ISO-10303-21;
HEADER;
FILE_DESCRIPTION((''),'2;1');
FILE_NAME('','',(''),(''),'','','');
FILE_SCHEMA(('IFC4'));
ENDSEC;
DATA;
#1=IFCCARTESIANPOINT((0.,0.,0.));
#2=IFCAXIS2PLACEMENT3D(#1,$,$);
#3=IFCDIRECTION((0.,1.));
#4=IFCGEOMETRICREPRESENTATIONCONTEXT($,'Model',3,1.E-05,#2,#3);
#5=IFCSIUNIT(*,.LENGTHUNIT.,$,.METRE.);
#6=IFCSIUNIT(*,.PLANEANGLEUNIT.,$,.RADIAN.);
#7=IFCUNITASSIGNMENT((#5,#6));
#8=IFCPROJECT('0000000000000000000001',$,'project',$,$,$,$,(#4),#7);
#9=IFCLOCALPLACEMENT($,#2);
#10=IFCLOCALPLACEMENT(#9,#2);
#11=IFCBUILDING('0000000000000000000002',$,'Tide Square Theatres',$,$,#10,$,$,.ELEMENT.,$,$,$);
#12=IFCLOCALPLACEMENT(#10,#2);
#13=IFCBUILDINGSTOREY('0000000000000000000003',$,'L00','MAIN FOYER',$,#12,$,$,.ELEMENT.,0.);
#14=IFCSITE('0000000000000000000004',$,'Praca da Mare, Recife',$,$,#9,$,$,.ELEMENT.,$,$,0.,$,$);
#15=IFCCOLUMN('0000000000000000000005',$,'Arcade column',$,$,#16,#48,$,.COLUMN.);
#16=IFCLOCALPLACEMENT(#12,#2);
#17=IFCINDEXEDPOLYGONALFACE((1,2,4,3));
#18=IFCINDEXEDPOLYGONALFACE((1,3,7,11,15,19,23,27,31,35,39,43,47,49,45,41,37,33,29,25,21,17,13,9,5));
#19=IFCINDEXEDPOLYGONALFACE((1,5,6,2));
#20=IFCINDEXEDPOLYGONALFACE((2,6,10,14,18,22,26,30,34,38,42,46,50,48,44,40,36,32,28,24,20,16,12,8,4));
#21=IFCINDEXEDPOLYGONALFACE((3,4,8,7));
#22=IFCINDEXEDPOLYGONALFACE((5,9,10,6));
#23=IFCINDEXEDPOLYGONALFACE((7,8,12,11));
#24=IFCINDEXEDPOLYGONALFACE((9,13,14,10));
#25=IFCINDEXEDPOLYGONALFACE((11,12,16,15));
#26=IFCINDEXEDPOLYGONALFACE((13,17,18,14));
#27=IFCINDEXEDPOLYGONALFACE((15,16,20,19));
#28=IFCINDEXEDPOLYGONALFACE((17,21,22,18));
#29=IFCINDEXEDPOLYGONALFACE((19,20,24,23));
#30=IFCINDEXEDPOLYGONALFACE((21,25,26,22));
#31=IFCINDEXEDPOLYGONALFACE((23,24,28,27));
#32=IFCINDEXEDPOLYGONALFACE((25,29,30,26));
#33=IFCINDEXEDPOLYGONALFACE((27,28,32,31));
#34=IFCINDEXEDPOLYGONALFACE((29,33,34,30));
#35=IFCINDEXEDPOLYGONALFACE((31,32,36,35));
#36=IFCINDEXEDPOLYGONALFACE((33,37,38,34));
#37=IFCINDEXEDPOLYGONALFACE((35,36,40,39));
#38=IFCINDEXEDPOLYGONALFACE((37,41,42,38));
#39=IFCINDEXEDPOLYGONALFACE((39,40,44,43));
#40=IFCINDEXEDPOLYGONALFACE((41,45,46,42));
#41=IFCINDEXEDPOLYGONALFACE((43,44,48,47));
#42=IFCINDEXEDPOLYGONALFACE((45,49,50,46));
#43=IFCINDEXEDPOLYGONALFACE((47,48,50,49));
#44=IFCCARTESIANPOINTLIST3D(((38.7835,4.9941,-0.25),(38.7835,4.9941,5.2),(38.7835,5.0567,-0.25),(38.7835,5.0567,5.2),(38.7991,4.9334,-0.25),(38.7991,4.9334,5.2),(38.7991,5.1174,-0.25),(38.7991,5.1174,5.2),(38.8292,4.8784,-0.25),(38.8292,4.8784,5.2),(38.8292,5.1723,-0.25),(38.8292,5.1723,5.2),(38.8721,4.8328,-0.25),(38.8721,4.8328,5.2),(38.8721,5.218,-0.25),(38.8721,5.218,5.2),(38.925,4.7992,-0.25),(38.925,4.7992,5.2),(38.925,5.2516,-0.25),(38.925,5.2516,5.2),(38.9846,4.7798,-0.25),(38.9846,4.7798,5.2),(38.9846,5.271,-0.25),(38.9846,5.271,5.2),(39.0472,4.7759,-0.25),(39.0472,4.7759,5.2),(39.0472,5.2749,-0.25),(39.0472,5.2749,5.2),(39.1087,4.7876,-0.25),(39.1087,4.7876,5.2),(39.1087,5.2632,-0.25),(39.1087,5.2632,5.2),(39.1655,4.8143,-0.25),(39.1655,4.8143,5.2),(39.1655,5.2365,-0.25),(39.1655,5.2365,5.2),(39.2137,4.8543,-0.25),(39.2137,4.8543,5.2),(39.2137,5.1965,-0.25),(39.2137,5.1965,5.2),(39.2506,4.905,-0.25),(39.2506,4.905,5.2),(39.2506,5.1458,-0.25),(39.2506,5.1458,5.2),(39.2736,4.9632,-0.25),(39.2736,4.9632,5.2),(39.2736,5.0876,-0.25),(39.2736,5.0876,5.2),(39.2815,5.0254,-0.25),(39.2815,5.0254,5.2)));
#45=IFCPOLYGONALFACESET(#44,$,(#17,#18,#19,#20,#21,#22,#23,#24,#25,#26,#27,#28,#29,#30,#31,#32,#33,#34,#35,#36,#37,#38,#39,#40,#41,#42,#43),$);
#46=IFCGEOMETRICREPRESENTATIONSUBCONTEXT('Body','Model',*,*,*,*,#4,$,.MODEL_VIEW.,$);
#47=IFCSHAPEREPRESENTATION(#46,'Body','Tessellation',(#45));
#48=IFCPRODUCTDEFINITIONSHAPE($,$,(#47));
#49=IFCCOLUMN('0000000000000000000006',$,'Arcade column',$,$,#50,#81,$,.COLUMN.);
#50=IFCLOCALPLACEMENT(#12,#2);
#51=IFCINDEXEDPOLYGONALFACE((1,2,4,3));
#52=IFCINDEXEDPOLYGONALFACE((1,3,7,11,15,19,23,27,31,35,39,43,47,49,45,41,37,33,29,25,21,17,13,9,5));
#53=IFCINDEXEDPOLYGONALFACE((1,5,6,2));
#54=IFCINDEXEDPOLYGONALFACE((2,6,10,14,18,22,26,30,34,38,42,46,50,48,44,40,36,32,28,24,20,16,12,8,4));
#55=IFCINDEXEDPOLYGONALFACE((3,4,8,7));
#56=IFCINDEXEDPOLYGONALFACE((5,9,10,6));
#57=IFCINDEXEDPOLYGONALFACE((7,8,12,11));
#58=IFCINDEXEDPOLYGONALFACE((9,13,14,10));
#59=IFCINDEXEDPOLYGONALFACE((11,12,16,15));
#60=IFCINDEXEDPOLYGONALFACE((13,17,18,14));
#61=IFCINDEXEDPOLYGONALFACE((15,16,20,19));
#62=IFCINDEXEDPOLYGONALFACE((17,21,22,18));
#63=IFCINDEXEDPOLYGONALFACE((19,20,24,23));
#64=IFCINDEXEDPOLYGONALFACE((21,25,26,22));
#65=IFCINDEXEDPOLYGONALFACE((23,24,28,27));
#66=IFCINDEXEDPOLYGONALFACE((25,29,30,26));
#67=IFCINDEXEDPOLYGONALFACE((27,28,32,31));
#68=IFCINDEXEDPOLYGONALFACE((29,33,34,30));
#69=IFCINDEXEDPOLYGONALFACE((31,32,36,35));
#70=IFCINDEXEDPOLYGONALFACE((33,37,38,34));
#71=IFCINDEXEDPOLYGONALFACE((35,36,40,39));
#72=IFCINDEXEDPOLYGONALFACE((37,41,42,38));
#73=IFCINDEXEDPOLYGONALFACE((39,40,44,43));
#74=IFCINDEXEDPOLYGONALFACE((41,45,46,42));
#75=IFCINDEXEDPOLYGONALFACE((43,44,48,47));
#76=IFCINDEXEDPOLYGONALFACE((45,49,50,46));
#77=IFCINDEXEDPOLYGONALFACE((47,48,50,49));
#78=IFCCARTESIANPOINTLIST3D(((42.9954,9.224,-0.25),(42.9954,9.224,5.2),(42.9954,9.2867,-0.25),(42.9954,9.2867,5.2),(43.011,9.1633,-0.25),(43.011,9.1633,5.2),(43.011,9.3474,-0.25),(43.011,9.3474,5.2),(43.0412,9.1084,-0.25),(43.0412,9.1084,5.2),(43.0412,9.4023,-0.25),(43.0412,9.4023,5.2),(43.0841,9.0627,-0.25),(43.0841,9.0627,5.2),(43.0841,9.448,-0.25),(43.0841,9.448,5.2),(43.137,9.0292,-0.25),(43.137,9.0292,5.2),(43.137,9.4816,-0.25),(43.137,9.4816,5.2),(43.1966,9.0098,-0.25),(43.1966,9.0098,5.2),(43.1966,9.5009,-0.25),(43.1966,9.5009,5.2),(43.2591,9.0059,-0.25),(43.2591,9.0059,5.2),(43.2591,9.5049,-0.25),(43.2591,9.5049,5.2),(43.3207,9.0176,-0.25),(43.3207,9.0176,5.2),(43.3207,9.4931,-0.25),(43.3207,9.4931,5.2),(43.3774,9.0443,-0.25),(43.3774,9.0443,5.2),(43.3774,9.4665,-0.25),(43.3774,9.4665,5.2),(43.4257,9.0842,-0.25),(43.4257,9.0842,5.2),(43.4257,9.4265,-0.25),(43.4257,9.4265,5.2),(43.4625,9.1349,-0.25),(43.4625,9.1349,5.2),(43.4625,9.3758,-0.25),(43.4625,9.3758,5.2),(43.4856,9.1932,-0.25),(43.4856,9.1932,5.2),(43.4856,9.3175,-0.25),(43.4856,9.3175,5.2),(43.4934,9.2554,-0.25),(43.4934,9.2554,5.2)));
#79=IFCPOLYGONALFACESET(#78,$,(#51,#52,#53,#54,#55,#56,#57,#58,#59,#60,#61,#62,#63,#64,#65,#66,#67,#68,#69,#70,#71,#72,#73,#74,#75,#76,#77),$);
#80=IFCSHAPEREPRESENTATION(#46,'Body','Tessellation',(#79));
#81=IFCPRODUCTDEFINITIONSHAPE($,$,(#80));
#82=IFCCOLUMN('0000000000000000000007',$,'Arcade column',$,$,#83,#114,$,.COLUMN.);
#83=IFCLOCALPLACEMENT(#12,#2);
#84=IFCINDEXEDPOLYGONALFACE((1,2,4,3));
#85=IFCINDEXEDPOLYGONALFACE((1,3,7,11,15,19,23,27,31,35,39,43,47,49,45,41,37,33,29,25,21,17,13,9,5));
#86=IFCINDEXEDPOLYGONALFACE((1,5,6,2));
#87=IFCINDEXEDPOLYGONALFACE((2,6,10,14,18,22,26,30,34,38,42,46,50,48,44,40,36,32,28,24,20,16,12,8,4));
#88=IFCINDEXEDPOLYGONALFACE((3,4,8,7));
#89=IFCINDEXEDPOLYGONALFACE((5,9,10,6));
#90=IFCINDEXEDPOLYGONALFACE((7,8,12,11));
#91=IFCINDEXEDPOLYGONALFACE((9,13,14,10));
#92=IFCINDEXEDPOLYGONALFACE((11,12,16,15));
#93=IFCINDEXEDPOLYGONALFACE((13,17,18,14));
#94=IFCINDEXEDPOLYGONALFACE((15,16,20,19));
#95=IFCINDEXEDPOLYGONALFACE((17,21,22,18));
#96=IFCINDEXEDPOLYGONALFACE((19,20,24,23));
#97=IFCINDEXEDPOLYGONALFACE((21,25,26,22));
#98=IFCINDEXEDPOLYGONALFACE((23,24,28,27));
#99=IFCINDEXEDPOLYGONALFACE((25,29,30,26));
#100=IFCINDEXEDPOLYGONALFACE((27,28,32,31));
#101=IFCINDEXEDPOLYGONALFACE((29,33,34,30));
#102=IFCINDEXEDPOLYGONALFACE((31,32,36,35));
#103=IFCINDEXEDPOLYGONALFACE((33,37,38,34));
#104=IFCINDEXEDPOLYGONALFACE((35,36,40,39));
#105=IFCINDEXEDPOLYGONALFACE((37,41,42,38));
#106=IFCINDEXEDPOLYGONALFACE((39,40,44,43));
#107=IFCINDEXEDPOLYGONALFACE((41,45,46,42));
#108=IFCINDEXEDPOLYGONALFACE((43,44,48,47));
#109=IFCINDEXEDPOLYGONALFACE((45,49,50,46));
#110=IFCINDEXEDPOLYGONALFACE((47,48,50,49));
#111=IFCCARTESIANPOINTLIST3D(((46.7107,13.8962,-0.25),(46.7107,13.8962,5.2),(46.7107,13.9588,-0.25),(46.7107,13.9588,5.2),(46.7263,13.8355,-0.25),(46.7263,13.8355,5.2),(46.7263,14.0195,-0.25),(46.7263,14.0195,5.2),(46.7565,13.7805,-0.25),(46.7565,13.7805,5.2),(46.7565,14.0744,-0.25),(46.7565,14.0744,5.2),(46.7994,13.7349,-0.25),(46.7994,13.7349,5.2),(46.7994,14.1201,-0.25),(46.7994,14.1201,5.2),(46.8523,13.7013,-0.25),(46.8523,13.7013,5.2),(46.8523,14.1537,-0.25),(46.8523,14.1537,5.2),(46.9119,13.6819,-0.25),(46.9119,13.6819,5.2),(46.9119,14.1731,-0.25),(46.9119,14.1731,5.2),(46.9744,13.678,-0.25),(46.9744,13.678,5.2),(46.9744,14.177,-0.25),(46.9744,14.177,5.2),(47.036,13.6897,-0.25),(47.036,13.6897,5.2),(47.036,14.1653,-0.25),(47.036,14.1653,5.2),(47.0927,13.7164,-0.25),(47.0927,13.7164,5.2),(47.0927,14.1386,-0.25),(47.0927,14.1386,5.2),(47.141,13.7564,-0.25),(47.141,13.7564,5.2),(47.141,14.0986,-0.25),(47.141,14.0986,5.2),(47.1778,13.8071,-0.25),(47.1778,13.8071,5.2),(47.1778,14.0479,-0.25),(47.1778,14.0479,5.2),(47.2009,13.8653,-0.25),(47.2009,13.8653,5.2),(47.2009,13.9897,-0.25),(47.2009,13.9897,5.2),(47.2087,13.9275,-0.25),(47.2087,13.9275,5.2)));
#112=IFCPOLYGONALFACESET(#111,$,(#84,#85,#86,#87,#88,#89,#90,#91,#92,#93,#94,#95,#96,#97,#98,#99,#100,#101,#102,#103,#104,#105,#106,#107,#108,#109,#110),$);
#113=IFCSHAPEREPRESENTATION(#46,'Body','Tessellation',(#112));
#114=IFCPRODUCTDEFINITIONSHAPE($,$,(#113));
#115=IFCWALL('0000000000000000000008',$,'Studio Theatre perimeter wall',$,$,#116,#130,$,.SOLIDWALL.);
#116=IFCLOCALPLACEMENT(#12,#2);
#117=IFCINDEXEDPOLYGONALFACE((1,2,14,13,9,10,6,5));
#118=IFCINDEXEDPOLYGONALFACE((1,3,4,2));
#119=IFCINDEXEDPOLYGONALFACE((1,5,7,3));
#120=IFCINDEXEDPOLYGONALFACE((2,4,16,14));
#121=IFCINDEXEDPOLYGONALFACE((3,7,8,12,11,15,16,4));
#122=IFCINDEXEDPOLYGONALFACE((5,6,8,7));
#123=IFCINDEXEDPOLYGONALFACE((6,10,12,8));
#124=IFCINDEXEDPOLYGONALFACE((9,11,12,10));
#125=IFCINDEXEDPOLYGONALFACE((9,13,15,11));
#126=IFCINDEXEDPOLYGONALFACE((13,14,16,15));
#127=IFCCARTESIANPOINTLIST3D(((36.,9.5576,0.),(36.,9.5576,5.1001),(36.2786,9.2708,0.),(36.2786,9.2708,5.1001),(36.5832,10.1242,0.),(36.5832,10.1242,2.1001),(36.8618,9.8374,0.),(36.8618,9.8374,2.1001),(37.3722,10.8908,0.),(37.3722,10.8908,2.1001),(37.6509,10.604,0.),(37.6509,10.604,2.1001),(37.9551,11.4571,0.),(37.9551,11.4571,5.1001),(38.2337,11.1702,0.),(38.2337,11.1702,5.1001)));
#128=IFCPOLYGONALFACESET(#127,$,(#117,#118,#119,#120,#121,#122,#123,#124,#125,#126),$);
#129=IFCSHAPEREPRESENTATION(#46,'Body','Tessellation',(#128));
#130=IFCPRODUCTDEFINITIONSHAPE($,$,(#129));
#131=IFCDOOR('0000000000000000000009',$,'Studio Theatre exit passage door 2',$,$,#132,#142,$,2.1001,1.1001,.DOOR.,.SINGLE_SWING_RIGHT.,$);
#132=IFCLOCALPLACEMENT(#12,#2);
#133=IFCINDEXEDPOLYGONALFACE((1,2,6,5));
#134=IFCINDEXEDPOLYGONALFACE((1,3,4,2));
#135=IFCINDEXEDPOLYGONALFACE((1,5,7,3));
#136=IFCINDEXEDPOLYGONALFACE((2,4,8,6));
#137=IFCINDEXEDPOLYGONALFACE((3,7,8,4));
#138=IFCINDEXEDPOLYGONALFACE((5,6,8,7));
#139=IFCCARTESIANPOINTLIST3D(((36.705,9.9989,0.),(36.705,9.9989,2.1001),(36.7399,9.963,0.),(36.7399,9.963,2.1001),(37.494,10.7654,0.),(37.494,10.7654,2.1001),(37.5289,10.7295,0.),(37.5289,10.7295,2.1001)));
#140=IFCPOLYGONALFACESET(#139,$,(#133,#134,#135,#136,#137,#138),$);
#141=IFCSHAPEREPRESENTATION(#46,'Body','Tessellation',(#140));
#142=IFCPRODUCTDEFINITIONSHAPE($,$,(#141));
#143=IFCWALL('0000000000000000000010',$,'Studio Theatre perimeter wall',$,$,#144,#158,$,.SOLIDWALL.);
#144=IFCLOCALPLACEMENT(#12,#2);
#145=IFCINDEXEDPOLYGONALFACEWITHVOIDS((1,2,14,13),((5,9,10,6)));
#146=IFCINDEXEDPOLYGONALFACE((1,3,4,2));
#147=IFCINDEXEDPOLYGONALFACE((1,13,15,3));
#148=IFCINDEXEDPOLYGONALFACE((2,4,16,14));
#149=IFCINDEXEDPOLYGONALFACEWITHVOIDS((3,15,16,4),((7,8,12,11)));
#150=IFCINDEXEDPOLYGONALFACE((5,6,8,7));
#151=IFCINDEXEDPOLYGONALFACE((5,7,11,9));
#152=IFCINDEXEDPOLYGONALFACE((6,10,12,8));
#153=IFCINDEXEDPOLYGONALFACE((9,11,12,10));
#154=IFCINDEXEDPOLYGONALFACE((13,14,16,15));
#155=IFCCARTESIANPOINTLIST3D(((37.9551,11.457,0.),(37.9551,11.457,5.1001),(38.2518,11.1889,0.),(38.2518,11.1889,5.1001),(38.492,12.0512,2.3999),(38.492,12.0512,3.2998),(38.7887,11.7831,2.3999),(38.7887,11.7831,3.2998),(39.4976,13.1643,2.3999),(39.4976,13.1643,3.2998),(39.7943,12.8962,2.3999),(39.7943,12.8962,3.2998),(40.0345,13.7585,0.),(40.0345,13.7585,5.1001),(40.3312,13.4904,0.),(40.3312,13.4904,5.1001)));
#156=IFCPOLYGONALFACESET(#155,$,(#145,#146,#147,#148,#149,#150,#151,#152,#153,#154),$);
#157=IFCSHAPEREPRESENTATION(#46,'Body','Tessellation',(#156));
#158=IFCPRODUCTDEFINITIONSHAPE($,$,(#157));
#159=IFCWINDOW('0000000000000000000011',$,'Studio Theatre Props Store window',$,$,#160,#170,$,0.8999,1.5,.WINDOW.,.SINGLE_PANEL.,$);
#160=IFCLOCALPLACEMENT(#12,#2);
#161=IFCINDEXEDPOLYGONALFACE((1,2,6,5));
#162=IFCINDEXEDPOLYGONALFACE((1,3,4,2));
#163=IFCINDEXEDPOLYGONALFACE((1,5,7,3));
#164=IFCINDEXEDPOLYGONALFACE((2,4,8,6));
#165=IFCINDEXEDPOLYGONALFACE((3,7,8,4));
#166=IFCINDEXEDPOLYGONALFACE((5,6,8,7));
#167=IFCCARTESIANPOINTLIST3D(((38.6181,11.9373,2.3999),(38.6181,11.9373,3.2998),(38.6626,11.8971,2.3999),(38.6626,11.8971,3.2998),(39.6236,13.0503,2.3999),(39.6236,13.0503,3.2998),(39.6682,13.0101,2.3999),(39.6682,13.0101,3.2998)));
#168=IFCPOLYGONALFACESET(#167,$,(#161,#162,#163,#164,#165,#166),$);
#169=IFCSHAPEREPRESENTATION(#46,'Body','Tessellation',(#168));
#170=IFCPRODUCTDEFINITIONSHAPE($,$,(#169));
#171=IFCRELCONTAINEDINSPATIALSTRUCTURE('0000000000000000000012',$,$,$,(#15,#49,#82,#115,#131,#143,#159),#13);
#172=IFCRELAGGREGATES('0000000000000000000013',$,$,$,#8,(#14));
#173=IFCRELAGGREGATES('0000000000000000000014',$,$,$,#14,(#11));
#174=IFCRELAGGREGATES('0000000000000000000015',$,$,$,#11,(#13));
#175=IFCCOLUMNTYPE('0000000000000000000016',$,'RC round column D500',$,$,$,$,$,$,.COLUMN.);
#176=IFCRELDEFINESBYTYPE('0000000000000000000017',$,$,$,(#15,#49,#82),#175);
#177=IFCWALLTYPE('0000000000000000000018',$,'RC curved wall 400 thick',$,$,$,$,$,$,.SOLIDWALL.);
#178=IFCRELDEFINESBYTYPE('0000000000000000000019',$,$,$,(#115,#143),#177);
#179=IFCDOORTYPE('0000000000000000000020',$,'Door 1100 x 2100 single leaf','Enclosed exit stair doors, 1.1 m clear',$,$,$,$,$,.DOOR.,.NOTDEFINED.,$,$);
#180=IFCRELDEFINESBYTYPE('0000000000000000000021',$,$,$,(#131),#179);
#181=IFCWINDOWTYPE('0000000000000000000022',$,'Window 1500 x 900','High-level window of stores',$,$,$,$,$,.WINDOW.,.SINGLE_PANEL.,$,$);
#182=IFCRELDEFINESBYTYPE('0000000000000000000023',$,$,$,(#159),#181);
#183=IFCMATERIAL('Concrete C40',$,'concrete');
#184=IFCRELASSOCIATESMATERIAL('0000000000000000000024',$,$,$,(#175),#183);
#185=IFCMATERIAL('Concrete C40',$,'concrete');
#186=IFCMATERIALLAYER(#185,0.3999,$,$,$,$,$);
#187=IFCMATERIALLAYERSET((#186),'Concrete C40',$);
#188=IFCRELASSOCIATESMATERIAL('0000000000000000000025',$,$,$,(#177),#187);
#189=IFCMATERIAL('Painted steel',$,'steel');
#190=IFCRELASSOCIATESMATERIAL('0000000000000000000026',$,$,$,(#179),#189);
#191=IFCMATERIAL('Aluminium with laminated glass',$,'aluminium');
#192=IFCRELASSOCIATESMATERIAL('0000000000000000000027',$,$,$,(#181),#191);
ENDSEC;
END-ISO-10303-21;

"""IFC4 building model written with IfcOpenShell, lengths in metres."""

from ifc_helpers import new_model, si_unit, direction, frame, frame_2d, origin, origin_2d, place, context, subcontext, project, spatial, rectangle, circle, extrude, material, layer, layer_set, material_profile, profile_set, type_object, element, fill, save


model = new_model("IFC4")

# Units and contexts
model_context = context("Model", 3, precision=1e-05, world=origin(), true_north=direction((0.0, 1.0)))
body_context = subcontext(model_context, "Body", "Model", "MODEL_VIEW")
ifc_project = project(units=[si_unit("LENGTHUNIT", "METRE"), si_unit("PLANEANGLEUNIT", "RADIAN")], contexts=[model_context])

# Site, building, storey
site_placement = place(None, origin())
site = spatial("IfcSite", under=ifc_project, at=site_placement, Name="Praca da Mare, Recife", CompositionType="ELEMENT", RefElevation=0.0)
building_placement = place(site_placement, origin())
building = spatial("IfcBuilding", under=site, at=building_placement, Name="Tide Square Theatres", CompositionType="ELEMENT")
storey_placement = place(building_placement, origin())
storey = spatial("IfcBuildingStorey", under=building, at=storey_placement, Name="L00", Description="MAIN FOYER", CompositionType="ELEMENT", Elevation=0.0)

# Columns
ifc_material_1 = material(Name="Concrete C40", Category="concrete")
ifc_material_profile_1 = material_profile(ifc_material_1, circle(Radius=0.25, at=origin_2d()))
ifc_profile_set_1 = profile_set([ifc_material_profile_1], Name="Concrete C40")
column_type_1 = type_object("IfcColumnType", Name="RC round column D500", PredefinedType="COLUMN", material=ifc_profile_set_1)
for number, where, z_axis, x_axis, name in (
    (1, (39.0315, 5.0254, -0.25), (0.0, 0.0, 1.0), (1.0, 0.0, 0.0), "Arcade column"),
    (2, (43.2434, 9.2554, -0.25), (0.0, 0.0, 1.0), (1.0, 0.0, 0.0), "Arcade column"),
    (3, (46.9587, 13.9275, -0.25), (0.0, 0.0, 1.0), (1.0, 0.0, 0.0), "Arcade column"),
):
    element("IfcColumn", number, at=place(storey_placement, frame(where, z_axis=z_axis, x_axis=x_axis)), inside=storey, type_object=column_type_1, Name=name, PredefinedType="COLUMN", context=body_context, shape_type="SweptSolid", body=[
        extrude(circle(Radius=0.25, at=origin_2d()), origin(), (0.0, 0.0, 1.0), 5.45),
    ])

# Wall, opening, door
ifc_material_2 = material(Name="Concrete C40", Category="concrete")
ifc_layer_1 = layer(ifc_material_2, 0.3999)
ifc_layer_set_1 = layer_set([ifc_layer_1], Name="Concrete C40")
wall_type_1 = type_object("IfcWallType", Name="RC curved wall 400 thick", PredefinedType="SOLIDWALL", material=ifc_layer_set_1)
wall_1_placement = place(storey_placement, frame((36.1394, 9.4143, 0.0), z_axis=(0.0, 0.0, 1.0), x_axis=(0.717244, 0.696823, 0.0)))
wall_1 = element("IfcWall", 4, at=wall_1_placement, inside=storey, type_object=wall_type_1, Name="Studio Theatre perimeter wall", PredefinedType="SOLIDWALL", context=body_context, shape_type="SweptSolid", body=[
    extrude(rectangle(XDim=2.7258, YDim=0.3999, at=frame_2d((1.3628, 0.0))), origin(), (0.0, 0.0, 1.0), 5.1001),
])
opening_1_placement = place(wall_1_placement, frame((0.813, 0.0, 0.0)))
opening_1 = element("IfcOpeningElement", 5, at=opening_1_placement, cuts=wall_1, PredefinedType="OPENING", context=body_context, shape_type="SweptSolid", body=[
    extrude(rectangle(XDim=1.1001, YDim=2.1001, at=frame_2d((0.55, 1.05))), frame((0.0, 0.21, 0.0), z_axis=(0.0, -1.0, 0.0), x_axis=(1.0, 0.0, 0.0)), (0.0, 0.0, 1.0), 0.4199),
])
ifc_material_3 = material(Name="Painted steel", Category="steel")
door_type = type_object("IfcDoorType", Name="Door 1100 x 2100 single leaf", Description="Enclosed exit stair doors, 1.1 m clear", OperationType="NOTDEFINED", PredefinedType="DOOR", material=ifc_material_3)
door_1_placement = place(opening_1_placement, frame((1.1001, 0.0, 0.0), z_axis=(0.0, 0.0, 1.0), x_axis=(-1.0, 0.0, 0.0)))
door_1 = element("IfcDoor", 6, at=door_1_placement, inside=storey, type_object=door_type, Name="Studio Theatre exit passage door 2", OperationType="SINGLE_SWING_RIGHT", OverallHeight=2.1001, OverallWidth=1.1001, PredefinedType="DOOR", context=body_context, shape_type="SweptSolid", body=[
    extrude(rectangle(XDim=1.1001, YDim=2.1001, at=frame_2d((0.55, 1.05))), frame((0.0, 0.0249, 0.0), z_axis=(0.0, -1.0, 0.0), x_axis=(1.0, 0.0, 0.0)), (0.0, 0.0, 1.0), 0.05),
])
fill(opening_1, door_1)

# Wall, opening, window
wall_2_placement = place(storey_placement, frame((38.1035, 11.323, 0.0), z_axis=(0.0, 0.0, 1.0), x_axis=(0.670386, 0.742013, 0.0)))
wall_2 = element("IfcWall", 7, at=wall_2_placement, inside=storey, type_object=wall_type_1, Name="Studio Theatre perimeter wall", PredefinedType="SOLIDWALL", context=body_context, shape_type="SweptSolid", body=[
    extrude(rectangle(XDim=3.1018, YDim=0.3999, at=frame_2d((1.5508, 0.0))), origin(), (0.0, 0.0, 1.0), 5.1001),
])
opening_2_placement = place(wall_2_placement, frame((0.8008, 0.0, 2.3999)))
opening_2 = element("IfcOpeningElement", 8, at=opening_2_placement, cuts=wall_2, PredefinedType="OPENING", context=body_context, shape_type="SweptSolid", body=[
    extrude(rectangle(XDim=1.5, YDim=0.8999, at=frame_2d((0.75, 0.45))), frame((0.0, 0.21, 0.0), z_axis=(0.0, -1.0, 0.0), x_axis=(1.0, 0.0, 0.0)), (0.0, 0.0, 1.0), 0.4199),
])
ifc_material_4 = material(Name="Aluminium with laminated glass", Category="aluminium")
window_type = type_object("IfcWindowType", Name="Window 1500 x 900", Description="High-level window of stores", PartitioningType="SINGLE_PANEL", PredefinedType="WINDOW", material=ifc_material_4)
window_1_placement = place(opening_2_placement, origin())
window_1 = element("IfcWindow", 9, at=window_1_placement, inside=storey, type_object=window_type, Name="Studio Theatre Props Store window", OverallHeight=0.8999, OverallWidth=1.5, PartitioningType="SINGLE_PANEL", PredefinedType="WINDOW", context=body_context, shape_type="SweptSolid", body=[
    extrude(rectangle(XDim=1.5, YDim=0.8999, at=frame_2d((0.75, 0.45))), frame((0.0, 0.03, 0.0), z_axis=(0.0, -1.0, 0.0), x_axis=(1.0, 0.0, 0.0)), (0.0, 0.0, 1.0), 0.0601),
])
fill(opening_2, window_1)

save(model, "model.ifc")
